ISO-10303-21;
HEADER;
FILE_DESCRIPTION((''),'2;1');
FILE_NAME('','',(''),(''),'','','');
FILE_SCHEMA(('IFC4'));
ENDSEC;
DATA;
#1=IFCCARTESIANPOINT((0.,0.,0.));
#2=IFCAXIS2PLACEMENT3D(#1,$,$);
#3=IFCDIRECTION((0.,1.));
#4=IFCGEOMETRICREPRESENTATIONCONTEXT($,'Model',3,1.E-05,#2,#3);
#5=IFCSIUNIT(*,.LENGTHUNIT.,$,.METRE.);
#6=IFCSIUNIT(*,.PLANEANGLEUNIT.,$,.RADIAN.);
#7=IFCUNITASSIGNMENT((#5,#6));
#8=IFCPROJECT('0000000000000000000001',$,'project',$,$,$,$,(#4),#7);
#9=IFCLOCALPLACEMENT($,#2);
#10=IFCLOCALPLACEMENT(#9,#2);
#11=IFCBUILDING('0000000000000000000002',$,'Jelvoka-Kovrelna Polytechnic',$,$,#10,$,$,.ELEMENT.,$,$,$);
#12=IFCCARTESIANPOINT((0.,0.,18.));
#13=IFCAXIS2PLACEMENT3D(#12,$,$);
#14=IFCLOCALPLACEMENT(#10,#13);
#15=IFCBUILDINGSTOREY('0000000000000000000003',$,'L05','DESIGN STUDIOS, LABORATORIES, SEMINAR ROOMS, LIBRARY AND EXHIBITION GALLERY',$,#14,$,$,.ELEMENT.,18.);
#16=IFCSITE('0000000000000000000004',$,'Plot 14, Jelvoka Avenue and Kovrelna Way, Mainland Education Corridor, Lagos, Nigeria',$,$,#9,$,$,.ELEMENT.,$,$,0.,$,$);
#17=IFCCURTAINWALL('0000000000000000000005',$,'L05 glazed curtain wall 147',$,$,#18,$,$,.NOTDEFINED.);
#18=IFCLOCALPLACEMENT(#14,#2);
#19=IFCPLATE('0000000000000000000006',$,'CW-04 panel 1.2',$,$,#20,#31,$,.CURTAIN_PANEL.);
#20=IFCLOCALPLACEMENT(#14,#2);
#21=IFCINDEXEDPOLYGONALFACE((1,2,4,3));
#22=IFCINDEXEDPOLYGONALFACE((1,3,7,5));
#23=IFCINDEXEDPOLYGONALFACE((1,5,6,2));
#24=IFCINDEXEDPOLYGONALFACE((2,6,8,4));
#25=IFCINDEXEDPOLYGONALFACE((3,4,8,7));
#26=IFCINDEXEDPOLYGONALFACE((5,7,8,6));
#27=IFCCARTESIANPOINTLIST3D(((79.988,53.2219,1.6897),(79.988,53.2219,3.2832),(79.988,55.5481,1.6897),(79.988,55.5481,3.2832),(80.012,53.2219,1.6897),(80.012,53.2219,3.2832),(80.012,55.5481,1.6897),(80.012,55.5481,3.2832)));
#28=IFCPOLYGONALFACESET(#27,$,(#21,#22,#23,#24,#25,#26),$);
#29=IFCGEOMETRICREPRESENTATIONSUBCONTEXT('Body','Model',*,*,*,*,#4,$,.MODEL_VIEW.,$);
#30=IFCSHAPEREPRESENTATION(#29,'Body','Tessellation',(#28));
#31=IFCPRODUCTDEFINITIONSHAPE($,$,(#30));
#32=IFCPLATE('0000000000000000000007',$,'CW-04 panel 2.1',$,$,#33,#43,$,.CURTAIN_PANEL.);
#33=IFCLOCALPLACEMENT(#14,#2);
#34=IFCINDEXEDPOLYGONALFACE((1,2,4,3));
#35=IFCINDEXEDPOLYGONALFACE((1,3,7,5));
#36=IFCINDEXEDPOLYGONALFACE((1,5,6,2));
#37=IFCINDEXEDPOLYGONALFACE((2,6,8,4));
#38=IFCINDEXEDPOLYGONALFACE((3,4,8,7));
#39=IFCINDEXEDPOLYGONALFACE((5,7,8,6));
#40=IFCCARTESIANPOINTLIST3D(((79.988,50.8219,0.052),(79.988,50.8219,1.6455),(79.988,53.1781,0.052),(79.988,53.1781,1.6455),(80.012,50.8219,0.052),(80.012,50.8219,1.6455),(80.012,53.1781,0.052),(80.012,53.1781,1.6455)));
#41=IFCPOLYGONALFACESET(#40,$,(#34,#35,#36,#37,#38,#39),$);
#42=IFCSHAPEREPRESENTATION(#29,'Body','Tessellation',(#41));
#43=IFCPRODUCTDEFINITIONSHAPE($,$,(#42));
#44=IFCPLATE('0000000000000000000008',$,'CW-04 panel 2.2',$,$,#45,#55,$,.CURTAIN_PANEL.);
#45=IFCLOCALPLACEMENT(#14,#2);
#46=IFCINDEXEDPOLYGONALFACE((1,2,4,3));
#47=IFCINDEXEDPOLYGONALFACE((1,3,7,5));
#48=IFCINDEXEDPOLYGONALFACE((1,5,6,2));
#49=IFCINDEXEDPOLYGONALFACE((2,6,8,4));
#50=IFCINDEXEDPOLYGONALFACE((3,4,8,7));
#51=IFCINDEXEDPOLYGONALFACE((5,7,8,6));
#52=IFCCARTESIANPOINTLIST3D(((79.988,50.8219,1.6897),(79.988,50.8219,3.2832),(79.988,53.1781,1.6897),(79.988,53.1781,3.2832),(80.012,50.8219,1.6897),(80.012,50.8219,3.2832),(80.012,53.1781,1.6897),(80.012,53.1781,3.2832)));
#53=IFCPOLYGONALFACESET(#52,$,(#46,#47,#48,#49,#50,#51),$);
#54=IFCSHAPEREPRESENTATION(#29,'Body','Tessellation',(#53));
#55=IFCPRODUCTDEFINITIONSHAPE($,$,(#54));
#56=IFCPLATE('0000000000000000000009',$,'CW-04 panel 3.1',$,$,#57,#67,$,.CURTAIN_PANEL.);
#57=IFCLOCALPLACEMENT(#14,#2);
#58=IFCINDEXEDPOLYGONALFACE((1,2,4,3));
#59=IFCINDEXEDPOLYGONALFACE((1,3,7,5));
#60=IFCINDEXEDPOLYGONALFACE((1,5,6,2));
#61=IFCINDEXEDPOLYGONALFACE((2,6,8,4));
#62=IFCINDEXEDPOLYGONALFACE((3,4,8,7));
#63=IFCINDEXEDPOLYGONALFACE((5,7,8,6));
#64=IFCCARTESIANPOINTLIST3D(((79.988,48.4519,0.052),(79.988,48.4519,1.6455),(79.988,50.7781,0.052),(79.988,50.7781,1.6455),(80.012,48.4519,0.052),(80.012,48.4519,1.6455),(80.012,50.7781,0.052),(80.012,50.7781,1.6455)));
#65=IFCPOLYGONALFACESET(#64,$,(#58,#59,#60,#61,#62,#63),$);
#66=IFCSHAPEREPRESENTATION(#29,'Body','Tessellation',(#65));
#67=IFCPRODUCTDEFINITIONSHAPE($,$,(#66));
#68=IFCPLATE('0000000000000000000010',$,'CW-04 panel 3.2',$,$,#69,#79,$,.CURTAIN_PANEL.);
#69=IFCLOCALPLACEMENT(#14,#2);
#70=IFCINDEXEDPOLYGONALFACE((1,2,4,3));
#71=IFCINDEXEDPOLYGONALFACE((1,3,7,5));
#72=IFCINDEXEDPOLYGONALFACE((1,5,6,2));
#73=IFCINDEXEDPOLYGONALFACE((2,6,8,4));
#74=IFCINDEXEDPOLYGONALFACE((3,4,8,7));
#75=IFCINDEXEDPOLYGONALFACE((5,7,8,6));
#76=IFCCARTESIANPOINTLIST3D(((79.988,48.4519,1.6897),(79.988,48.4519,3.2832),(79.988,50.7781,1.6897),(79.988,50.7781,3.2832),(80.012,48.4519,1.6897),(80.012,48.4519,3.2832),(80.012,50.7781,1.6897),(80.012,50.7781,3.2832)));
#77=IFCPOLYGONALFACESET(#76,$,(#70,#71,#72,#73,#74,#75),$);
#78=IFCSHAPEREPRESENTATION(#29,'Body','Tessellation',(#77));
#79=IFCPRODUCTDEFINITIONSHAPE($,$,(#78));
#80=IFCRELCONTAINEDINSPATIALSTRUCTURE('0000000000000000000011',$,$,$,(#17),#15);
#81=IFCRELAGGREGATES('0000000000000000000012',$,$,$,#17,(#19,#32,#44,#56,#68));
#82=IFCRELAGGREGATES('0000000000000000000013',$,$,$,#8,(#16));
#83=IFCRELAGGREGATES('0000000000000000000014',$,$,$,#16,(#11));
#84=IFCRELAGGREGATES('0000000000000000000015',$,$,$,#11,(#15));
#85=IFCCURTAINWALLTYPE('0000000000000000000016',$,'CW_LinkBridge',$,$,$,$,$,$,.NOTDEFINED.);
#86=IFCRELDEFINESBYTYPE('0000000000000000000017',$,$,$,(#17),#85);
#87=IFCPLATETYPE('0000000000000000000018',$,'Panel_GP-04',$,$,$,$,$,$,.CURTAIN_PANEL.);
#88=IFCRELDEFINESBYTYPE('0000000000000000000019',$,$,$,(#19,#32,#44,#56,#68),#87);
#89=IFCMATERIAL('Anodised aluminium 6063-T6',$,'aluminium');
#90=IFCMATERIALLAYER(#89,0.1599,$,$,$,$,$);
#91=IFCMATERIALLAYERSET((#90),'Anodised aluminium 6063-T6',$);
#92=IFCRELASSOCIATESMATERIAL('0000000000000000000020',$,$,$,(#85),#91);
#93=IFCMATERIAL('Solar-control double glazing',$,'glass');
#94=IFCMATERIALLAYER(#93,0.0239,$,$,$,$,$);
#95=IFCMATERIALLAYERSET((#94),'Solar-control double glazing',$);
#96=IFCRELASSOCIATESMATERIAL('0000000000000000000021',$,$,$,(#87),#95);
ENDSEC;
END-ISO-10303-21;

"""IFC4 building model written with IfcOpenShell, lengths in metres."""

from ifc_helpers import new_model, si_unit, direction, frame, origin, origin_2d, place, context, subcontext, project, spatial, rectangle, extrude, material, layer, layer_set, type_object, element, aggregate, save


model = new_model("IFC4")

# Units and contexts
model_context = context("Model", 3, precision=1e-05, world=origin(), true_north=direction((0.0, 1.0)))
body_context = subcontext(model_context, "Body", "Model", "MODEL_VIEW")
ifc_project = project(units=[si_unit("LENGTHUNIT", "METRE"), si_unit("PLANEANGLEUNIT", "RADIAN")], contexts=[model_context])

# Site, building, storey
site_placement = place(None, origin())
site = spatial("IfcSite", under=ifc_project, at=site_placement, Name="Plot 14, Jelvoka Avenue and Kovrelna Way, Mainland Education Corridor, Lagos, Nigeria", CompositionType="ELEMENT", RefElevation=0.0)
building_placement = place(site_placement, origin())
building = spatial("IfcBuilding", under=site, at=building_placement, Name="Jelvoka-Kovrelna Polytechnic", CompositionType="ELEMENT")
storey_placement = place(building_placement, frame((0.0, 0.0, 18.0)))
storey = spatial("IfcBuildingStorey", under=building, at=storey_placement, Name="L05", Description="DESIGN STUDIOS, LABORATORIES, SEMINAR ROOMS, LIBRARY AND EXHIBITION GALLERY", CompositionType="ELEMENT", Elevation=18.0)

# Curtain wall, plates
ifc_material_1 = material(Name="Anodised aluminium 6063-T6", Category="aluminium")
ifc_layer_1 = layer(ifc_material_1, 0.1599)
ifc_layer_set_1 = layer_set([ifc_layer_1], Name="Anodised aluminium 6063-T6")
curtain_wall_type = type_object("IfcCurtainWallType", Name="CW_LinkBridge", PredefinedType="NOTDEFINED", material=ifc_layer_set_1)
curtain_wall_placement = place(storey_placement, origin())
curtain_wall = element("IfcCurtainWall", 1, at=curtain_wall_placement, inside=storey, type_object=curtain_wall_type, Name="L05 glazed curtain wall 147", PredefinedType="NOTDEFINED")
ifc_material_2 = material(Name="Solar-control double glazing", Category="glass")
ifc_layer_2 = layer(ifc_material_2, 0.0239)
ifc_layer_set_2 = layer_set([ifc_layer_2], Name="Solar-control double glazing")
plate_type = type_object("IfcPlateType", Name="Panel_GP-04", PredefinedType="CURTAIN_PANEL", material=ifc_layer_set_2)
plate_1_placement = place(storey_placement, frame((80.0, 54.385, 1.6897), z_axis=(0.0, 0.0, 1.0), x_axis=(0.0, -1.0, 0.0)))
plate_1 = element("IfcPlate", 2, at=plate_1_placement, type_object=plate_type, Name="CW-04 panel 1.2", PredefinedType="CURTAIN_PANEL", context=body_context, shape_type="SweptSolid", body=[
    extrude(rectangle(XDim=2.3262, YDim=0.0239, at=origin_2d()), origin(), (0.0, 0.0, 1.0), 1.5935),
])
plate_2_placement = place(storey_placement, frame((80.0, 52.0, 0.052), z_axis=(0.0, 0.0, 1.0), x_axis=(0.0, -1.0, 0.0)))
plate_2 = element("IfcPlate", 3, at=plate_2_placement, type_object=plate_type, Name="CW-04 panel 2.1", PredefinedType="CURTAIN_PANEL", context=body_context, shape_type="SweptSolid", body=[
    extrude(rectangle(XDim=2.3562, YDim=0.0239, at=origin_2d()), origin(), (0.0, 0.0, 1.0), 1.5935),
])
plate_3_placement = place(storey_placement, frame((80.0, 52.0, 1.6897), z_axis=(0.0, 0.0, 1.0), x_axis=(0.0, -1.0, 0.0)))
plate_3 = element("IfcPlate", 4, at=plate_3_placement, type_object=plate_type, Name="CW-04 panel 2.2", PredefinedType="CURTAIN_PANEL", context=body_context, shape_type="SweptSolid", body=[
    extrude(rectangle(XDim=2.3562, YDim=0.0239, at=origin_2d()), origin(), (0.0, 0.0, 1.0), 1.5935),
])
plate_4_placement = place(storey_placement, frame((80.0, 49.615, 0.052), z_axis=(0.0, 0.0, 1.0), x_axis=(0.0, -1.0, 0.0)))
plate_4 = element("IfcPlate", 5, at=plate_4_placement, type_object=plate_type, Name="CW-04 panel 3.1", PredefinedType="CURTAIN_PANEL", context=body_context, shape_type="SweptSolid", body=[
    extrude(rectangle(XDim=2.3262, YDim=0.0239, at=origin_2d()), origin(), (0.0, 0.0, 1.0), 1.5935),
])
plate_5_placement = place(storey_placement, frame((80.0, 49.615, 1.6897), z_axis=(0.0, 0.0, 1.0), x_axis=(0.0, -1.0, 0.0)))
plate_5 = element("IfcPlate", 6, at=plate_5_placement, type_object=plate_type, Name="CW-04 panel 3.2", PredefinedType="CURTAIN_PANEL", context=body_context, shape_type="SweptSolid", body=[
    extrude(rectangle(XDim=2.3262, YDim=0.0239, at=origin_2d()), origin(), (0.0, 0.0, 1.0), 1.5935),
])
aggregate(curtain_wall, [plate_1, plate_2, plate_3, plate_4, plate_5])

save(model, "model.ifc")
